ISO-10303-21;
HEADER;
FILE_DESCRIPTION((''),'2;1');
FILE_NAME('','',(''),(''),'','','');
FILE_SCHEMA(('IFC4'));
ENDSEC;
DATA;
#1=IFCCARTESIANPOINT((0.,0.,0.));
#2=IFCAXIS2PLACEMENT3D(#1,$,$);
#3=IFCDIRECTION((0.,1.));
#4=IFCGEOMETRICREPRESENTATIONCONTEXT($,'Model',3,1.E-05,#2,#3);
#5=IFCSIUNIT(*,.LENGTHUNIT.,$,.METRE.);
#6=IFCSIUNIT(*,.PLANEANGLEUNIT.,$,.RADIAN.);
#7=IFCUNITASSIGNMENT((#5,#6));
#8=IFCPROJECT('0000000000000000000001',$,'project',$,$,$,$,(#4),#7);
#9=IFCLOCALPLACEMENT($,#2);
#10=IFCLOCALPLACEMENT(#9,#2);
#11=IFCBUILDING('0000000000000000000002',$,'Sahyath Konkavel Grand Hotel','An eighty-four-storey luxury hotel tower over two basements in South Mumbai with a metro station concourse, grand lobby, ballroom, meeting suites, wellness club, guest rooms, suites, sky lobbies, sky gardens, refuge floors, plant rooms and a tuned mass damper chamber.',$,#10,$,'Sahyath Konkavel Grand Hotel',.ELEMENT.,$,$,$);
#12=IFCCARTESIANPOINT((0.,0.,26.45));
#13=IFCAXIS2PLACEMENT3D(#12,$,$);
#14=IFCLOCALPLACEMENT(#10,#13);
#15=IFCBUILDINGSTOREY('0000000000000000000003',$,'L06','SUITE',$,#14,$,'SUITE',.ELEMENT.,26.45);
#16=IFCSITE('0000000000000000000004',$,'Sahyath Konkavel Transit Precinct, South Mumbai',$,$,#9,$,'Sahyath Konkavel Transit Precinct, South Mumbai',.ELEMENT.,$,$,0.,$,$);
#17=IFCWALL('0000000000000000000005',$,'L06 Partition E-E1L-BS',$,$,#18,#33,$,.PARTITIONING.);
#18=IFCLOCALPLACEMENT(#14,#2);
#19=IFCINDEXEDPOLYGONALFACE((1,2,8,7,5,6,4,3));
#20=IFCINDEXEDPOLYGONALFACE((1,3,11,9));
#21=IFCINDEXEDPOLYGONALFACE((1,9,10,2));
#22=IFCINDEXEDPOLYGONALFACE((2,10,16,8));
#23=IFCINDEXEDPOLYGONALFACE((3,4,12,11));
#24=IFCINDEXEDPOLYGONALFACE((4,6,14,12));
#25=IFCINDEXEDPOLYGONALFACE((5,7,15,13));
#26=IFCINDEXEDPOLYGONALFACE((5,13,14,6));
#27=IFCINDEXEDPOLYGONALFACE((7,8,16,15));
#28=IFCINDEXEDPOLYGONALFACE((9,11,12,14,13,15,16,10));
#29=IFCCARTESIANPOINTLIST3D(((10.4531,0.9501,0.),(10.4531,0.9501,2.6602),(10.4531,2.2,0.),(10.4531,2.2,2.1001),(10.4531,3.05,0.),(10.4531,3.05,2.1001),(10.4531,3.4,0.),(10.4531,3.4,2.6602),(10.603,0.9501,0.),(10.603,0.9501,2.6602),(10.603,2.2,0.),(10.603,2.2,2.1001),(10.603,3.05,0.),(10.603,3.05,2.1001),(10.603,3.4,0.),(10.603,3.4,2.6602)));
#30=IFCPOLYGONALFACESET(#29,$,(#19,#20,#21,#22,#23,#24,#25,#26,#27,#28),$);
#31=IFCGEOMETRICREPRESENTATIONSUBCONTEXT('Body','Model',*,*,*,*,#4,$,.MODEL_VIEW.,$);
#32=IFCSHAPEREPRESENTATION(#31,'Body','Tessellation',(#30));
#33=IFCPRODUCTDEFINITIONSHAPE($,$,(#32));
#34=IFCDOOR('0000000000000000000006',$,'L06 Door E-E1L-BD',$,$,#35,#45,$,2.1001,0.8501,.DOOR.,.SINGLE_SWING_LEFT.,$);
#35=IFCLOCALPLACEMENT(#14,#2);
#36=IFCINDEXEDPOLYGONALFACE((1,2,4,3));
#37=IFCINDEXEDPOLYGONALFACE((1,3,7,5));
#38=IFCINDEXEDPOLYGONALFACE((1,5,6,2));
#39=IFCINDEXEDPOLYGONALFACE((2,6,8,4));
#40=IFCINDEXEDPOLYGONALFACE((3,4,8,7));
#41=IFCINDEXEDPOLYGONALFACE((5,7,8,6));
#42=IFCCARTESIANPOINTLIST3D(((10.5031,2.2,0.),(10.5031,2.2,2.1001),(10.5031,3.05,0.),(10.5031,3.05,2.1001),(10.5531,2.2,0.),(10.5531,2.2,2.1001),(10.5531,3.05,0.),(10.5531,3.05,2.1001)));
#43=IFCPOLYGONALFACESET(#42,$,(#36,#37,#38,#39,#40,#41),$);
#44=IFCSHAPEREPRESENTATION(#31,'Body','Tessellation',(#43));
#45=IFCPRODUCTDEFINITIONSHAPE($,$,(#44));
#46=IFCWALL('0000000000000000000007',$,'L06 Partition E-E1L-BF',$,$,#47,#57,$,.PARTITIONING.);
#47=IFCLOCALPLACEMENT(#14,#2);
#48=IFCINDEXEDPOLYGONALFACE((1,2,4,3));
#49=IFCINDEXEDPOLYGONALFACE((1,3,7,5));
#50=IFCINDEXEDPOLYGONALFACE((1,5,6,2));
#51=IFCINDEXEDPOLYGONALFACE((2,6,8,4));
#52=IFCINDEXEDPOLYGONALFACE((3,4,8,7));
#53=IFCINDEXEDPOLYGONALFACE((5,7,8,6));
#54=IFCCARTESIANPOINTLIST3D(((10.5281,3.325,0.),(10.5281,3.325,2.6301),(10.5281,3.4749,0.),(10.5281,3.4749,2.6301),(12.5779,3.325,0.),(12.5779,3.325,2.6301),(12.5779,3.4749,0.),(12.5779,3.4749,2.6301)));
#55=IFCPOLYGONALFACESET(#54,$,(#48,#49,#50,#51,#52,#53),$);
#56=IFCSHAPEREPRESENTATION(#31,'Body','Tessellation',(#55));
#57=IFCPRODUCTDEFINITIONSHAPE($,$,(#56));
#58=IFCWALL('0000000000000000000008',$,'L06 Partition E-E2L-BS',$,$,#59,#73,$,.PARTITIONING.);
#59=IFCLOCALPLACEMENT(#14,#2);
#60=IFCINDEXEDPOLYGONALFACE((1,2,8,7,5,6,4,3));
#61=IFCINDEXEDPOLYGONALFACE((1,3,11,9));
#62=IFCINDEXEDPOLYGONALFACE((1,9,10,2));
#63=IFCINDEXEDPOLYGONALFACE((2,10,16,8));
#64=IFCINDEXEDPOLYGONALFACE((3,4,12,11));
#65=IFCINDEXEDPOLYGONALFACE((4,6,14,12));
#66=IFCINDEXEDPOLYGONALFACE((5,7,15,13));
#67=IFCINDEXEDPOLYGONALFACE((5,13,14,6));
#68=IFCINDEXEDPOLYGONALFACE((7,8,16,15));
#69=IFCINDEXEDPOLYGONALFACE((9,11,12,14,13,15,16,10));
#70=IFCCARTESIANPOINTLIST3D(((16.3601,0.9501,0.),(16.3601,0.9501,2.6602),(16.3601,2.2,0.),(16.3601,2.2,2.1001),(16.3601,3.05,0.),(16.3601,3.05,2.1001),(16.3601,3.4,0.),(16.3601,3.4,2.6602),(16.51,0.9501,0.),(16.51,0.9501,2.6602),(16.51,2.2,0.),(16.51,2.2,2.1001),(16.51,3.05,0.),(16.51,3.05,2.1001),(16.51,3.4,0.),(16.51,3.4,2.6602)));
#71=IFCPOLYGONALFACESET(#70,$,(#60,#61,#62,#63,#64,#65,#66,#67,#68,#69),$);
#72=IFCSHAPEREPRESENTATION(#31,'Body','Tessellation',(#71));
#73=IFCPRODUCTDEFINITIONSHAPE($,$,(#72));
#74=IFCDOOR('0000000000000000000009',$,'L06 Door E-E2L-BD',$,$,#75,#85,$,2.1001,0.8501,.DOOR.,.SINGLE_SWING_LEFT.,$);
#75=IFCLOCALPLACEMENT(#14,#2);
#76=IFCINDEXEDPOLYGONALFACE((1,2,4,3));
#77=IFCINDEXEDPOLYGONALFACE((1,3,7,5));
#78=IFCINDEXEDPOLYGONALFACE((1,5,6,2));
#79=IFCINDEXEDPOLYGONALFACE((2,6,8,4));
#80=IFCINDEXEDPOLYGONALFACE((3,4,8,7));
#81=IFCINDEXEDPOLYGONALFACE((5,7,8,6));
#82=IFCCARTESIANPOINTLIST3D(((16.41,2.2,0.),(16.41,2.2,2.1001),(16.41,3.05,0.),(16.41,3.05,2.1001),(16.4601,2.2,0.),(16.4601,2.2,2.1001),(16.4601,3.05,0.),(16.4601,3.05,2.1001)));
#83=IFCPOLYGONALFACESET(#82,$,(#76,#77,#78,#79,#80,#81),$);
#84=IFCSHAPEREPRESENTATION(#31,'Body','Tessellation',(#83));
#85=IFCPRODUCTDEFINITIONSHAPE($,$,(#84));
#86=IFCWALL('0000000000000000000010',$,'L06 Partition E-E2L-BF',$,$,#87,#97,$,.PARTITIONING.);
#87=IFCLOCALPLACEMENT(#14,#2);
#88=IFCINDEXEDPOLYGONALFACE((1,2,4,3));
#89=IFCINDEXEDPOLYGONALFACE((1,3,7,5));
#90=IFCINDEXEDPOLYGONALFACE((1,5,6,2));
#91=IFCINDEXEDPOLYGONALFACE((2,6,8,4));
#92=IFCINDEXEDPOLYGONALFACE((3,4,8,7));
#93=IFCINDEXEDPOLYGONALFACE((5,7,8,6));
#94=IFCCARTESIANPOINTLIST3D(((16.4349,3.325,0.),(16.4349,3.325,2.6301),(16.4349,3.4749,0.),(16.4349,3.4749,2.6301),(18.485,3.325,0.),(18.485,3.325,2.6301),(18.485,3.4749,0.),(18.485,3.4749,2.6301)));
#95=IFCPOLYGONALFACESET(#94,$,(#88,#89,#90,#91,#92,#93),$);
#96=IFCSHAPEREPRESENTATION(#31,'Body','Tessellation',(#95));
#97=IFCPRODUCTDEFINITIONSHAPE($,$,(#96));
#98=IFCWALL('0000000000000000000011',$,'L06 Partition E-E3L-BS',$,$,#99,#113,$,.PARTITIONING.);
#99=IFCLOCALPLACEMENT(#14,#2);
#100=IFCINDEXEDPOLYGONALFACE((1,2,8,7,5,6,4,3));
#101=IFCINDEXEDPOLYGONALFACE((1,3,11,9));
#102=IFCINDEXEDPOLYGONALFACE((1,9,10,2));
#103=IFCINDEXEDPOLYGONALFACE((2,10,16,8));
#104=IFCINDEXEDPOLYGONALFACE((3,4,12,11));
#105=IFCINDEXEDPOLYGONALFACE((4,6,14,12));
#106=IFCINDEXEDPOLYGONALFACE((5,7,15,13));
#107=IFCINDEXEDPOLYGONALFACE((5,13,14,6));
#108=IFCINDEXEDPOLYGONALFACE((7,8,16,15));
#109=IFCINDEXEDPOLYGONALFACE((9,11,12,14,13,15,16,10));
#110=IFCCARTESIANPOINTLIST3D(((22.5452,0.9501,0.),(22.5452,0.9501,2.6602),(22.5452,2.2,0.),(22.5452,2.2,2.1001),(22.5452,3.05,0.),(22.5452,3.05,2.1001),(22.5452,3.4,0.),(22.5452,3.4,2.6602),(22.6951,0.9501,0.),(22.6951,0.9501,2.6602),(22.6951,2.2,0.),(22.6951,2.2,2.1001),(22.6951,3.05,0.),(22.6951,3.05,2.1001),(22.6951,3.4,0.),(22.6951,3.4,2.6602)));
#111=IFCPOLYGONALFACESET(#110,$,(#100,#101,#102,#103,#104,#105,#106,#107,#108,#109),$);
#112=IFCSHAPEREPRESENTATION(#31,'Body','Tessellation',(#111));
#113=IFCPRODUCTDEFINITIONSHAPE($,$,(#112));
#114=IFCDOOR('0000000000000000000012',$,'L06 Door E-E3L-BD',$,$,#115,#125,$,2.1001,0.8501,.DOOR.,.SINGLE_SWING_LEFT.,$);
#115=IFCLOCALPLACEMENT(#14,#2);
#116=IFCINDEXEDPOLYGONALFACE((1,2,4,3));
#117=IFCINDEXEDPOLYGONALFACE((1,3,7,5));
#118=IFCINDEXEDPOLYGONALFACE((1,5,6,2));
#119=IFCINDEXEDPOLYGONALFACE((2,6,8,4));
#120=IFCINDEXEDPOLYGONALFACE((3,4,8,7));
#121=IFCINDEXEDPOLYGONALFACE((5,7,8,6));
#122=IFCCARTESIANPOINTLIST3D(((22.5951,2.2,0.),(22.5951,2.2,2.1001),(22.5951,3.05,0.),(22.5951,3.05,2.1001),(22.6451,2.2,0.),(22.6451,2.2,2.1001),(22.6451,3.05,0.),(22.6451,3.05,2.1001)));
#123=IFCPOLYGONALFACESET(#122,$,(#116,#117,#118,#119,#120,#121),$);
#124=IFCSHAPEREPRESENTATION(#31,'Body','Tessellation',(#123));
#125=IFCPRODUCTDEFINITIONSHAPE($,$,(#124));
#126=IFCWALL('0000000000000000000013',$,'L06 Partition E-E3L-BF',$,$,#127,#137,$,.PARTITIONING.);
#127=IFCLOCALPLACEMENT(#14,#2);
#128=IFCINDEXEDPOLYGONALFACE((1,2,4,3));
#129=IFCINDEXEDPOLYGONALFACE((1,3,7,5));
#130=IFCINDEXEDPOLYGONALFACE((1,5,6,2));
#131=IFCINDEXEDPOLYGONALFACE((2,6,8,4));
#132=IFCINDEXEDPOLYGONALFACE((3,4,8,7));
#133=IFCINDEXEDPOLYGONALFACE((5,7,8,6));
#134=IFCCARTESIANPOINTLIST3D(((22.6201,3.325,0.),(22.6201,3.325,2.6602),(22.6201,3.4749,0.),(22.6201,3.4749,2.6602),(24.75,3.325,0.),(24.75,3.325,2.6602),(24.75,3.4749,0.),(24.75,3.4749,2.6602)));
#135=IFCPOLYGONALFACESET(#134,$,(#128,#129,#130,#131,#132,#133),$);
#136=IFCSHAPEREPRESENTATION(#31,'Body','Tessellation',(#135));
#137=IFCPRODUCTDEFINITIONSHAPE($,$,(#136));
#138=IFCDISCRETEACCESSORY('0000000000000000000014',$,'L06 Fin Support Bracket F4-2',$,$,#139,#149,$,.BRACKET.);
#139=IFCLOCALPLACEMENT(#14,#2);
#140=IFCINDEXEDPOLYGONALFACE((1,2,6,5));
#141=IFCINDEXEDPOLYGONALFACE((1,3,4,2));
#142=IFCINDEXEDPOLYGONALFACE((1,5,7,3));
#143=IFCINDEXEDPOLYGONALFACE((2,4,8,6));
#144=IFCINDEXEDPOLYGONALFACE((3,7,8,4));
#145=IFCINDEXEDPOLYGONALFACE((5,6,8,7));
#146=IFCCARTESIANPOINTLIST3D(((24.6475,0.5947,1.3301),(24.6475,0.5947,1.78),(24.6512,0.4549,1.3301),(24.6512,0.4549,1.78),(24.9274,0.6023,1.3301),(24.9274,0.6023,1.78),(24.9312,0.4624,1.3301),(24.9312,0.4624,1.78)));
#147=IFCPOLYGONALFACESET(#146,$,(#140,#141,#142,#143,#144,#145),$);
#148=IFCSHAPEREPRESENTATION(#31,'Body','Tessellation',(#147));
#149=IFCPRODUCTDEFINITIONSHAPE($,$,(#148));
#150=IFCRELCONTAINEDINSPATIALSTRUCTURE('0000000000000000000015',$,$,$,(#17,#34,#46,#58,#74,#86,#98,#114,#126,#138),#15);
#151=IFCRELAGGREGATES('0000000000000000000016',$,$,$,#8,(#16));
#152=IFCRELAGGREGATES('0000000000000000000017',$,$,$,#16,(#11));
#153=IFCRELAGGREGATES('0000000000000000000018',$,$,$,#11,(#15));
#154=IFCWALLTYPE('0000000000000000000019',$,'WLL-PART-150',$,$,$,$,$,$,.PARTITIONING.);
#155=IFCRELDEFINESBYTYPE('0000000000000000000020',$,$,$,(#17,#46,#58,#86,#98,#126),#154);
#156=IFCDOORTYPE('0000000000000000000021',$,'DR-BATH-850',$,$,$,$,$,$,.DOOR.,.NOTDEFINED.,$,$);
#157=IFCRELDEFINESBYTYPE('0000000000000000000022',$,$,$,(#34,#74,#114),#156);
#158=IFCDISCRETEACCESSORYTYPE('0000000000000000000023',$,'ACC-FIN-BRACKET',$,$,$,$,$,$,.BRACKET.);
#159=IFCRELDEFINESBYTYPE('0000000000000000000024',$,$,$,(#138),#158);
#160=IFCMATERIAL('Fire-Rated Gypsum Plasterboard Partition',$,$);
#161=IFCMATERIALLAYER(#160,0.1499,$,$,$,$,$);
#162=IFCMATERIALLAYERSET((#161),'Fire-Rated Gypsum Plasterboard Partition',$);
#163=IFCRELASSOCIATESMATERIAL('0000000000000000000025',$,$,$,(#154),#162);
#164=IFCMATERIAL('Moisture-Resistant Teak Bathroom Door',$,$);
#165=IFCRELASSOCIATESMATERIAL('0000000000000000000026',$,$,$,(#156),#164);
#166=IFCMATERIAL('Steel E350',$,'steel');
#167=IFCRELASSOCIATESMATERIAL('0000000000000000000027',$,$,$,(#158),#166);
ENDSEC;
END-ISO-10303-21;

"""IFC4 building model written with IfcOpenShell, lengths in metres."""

from ifc_helpers import new_model, si_unit, direction, frame, frame_2d, origin, origin_2d, place, context, subcontext, project, spatial, rectangle, extrude, source, transform, mapped, material, layer, layer_set, type_object, element, fill, save


model = new_model("IFC4")

# Units and contexts
model_context = context("Model", 3, precision=1e-05, world=origin(), true_north=direction((0.0, 1.0)))
body_context = subcontext(model_context, "Body", "Model", "MODEL_VIEW")
ifc_project = project(units=[si_unit("LENGTHUNIT", "METRE"), si_unit("PLANEANGLEUNIT", "RADIAN")], contexts=[model_context])

# Site, building, storey
site_placement = place(None, origin())
site = spatial("IfcSite", under=ifc_project, at=site_placement, Name="Sahyath Konkavel Transit Precinct, South Mumbai", LongName="Sahyath Konkavel Transit Precinct, South Mumbai", CompositionType="ELEMENT", RefElevation=0.0)
building_placement = place(site_placement, origin())
building = spatial("IfcBuilding", under=site, at=building_placement, Name="Sahyath Konkavel Grand Hotel", Description="An eighty-four-storey luxury hotel tower over two basements in South Mumbai with a metro station concourse, grand lobby, ballroom, meeting suites, wellness club, guest rooms, suites, sky lobbies, sky gardens, refuge floors, plant rooms and a tuned mass damper chamber.", LongName="Sahyath Konkavel Grand Hotel", CompositionType="ELEMENT")
storey_placement = place(building_placement, frame((0.0, 0.0, 26.45)))
storey = spatial("IfcBuildingStorey", under=building, at=storey_placement, Name="L06", Description="SUITE", LongName="SUITE", CompositionType="ELEMENT", Elevation=26.45)

# Shared definitions
ifc_material_1 = material(Name="Steel E350", Category="steel")

# Shared definitions
ifc_material_2 = material(Name="Fire-Rated Gypsum Plasterboard Partition")
ifc_layer_1 = layer(ifc_material_2, 0.1499)
ifc_layer_set_1 = layer_set([ifc_layer_1], Name="Fire-Rated Gypsum Plasterboard Partition")
wall_type_1 = type_object("IfcWallType", Name="WLL-PART-150", PredefinedType="PARTITIONING", material=ifc_layer_set_1)
shared_shape_1 = source(origin(), body_context, "Body", "SweptSolid", [
    extrude(rectangle(XDim=0.8501, YDim=0.05, at=origin_2d()), origin(), (0.0, 0.0, 1.0), 2.1001),
])

# Wall, opening, door
wall_1_placement = place(storey_placement, frame((10.5281, 0.95, 0.0), z_axis=(0.0, 0.0, 1.0), x_axis=(0.0, 1.0, 0.0)))
wall_1 = element("IfcWall", 1, at=wall_1_placement, inside=storey, type_object=wall_type_1, Name="L06 Partition E-E1L-BS", PredefinedType="PARTITIONING", context=body_context, shape_type="SweptSolid", body=[
    extrude(rectangle(XDim=2.45, YDim=0.1499, at=frame_2d((1.2251, 0.0))), origin(), (0.0, 0.0, 1.0), 2.6602),
])
opening_1_placement = place(wall_1_placement, frame((1.25, 0.0, 0.0)))
opening_1 = element("IfcOpeningElement", 2, at=opening_1_placement, cuts=wall_1, PredefinedType="OPENING", context=body_context, shape_type="SweptSolid", body=[
    extrude(rectangle(XDim=0.8501, YDim=2.1001, at=frame_2d((0.425, 1.05))), frame((0.0, 0.085, 0.0), z_axis=(0.0, -1.0, 0.0), x_axis=(1.0, 0.0, 0.0)), (0.0, 0.0, 1.0), 0.1699),
])
ifc_material_3 = material(Name="Moisture-Resistant Teak Bathroom Door")
door_type_1 = type_object("IfcDoorType", Name="DR-BATH-850", OperationType="NOTDEFINED", PredefinedType="DOOR", material=ifc_material_3)
door_1_placement = place(opening_1_placement, frame((0.425, 0.0, 0.0)))
door_1 = element("IfcDoor", 3, at=door_1_placement, inside=storey, type_object=door_type_1, Name="L06 Door E-E1L-BD", OperationType="SINGLE_SWING_LEFT", OverallHeight=2.1001, OverallWidth=0.8501, PredefinedType="DOOR", context=body_context, shape_type="MappedRepresentation", body=[
    mapped(shared_shape_1, transform((0.0, 0.0, 0.0), scale=1.0)),
])
fill(opening_1, door_1)

# Wall
wall_2_placement = place(storey_placement, frame((10.5281, 3.3999, 0.0), z_axis=(0.0, 0.0, 1.0), x_axis=(1.0, 0.0, 0.0)))
element("IfcWall", 4, at=wall_2_placement, inside=storey, type_object=wall_type_1, Name="L06 Partition E-E1L-BF", PredefinedType="PARTITIONING", context=body_context, shape_type="SweptSolid", body=[
    extrude(rectangle(XDim=2.0498, YDim=0.1499, at=frame_2d((1.0249, 0.0))), origin(), (0.0, 0.0, 1.0), 2.6301),
])

# Wall, opening, door
wall_3_placement = place(storey_placement, frame((16.4351, 0.95, 0.0), z_axis=(0.0, 0.0, 1.0), x_axis=(0.0, 1.0, 0.0)))
wall_3 = element("IfcWall", 5, at=wall_3_placement, inside=storey, type_object=wall_type_1, Name="L06 Partition E-E2L-BS", PredefinedType="PARTITIONING", context=body_context, shape_type="SweptSolid", body=[
    extrude(rectangle(XDim=2.45, YDim=0.1499, at=frame_2d((1.2251, 0.0))), origin(), (0.0, 0.0, 1.0), 2.6602),
])
opening_2_placement = place(wall_3_placement, frame((1.25, 0.0, 0.0)))
opening_2 = element("IfcOpeningElement", 6, at=opening_2_placement, cuts=wall_3, PredefinedType="OPENING", context=body_context, shape_type="SweptSolid", body=[
    extrude(rectangle(XDim=0.8501, YDim=2.1001, at=frame_2d((0.425, 1.05))), frame((0.0, 0.085, 0.0), z_axis=(0.0, -1.0, 0.0), x_axis=(1.0, 0.0, 0.0)), (0.0, 0.0, 1.0), 0.1699),
])
door_2_placement = place(opening_2_placement, frame((0.425, 0.0, 0.0)))
door_2 = element("IfcDoor", 7, at=door_2_placement, inside=storey, type_object=door_type_1, Name="L06 Door E-E2L-BD", OperationType="SINGLE_SWING_LEFT", OverallHeight=2.1001, OverallWidth=0.8501, PredefinedType="DOOR", context=body_context, shape_type="MappedRepresentation", body=[
    mapped(shared_shape_1, transform((0.0, 0.0, 0.0), scale=1.0)),
])
fill(opening_2, door_2)

# Wall
wall_4_placement = place(storey_placement, frame((16.4351, 3.3999, 0.0), z_axis=(0.0, 0.0, 1.0), x_axis=(1.0, 0.0, 0.0)))
element("IfcWall", 8, at=wall_4_placement, inside=storey, type_object=wall_type_1, Name="L06 Partition E-E2L-BF", PredefinedType="PARTITIONING", context=body_context, shape_type="SweptSolid", body=[
    extrude(rectangle(XDim=2.05, YDim=0.1499, at=frame_2d((1.0249, 0.0))), origin(), (0.0, 0.0, 1.0), 2.6301),
])

# Wall, opening, door
wall_5_placement = place(storey_placement, frame((22.6201, 0.95, 0.0), z_axis=(0.0, 0.0, 1.0), x_axis=(0.0, 1.0, 0.0)))
wall_5 = element("IfcWall", 9, at=wall_5_placement, inside=storey, type_object=wall_type_1, Name="L06 Partition E-E3L-BS", PredefinedType="PARTITIONING", context=body_context, shape_type="SweptSolid", body=[
    extrude(rectangle(XDim=2.45, YDim=0.1499, at=frame_2d((1.2251, 0.0))), origin(), (0.0, 0.0, 1.0), 2.6602),
])
opening_3_placement = place(wall_5_placement, frame((1.25, 0.0, 0.0)))
opening_3 = element("IfcOpeningElement", 10, at=opening_3_placement, cuts=wall_5, PredefinedType="OPENING", context=body_context, shape_type="SweptSolid", body=[
    extrude(rectangle(XDim=0.8501, YDim=2.1001, at=frame_2d((0.425, 1.05))), frame((0.0, 0.085, 0.0), z_axis=(0.0, -1.0, 0.0), x_axis=(1.0, 0.0, 0.0)), (0.0, 0.0, 1.0), 0.1699),
])
door_3_placement = place(opening_3_placement, frame((0.425, 0.0, 0.0)))
door_3 = element("IfcDoor", 11, at=door_3_placement, inside=storey, type_object=door_type_1, Name="L06 Door E-E3L-BD", OperationType="SINGLE_SWING_LEFT", OverallHeight=2.1001, OverallWidth=0.8501, PredefinedType="DOOR", context=body_context, shape_type="MappedRepresentation", body=[
    mapped(shared_shape_1, transform((0.0, 0.0, 0.0), scale=1.0)),
])
fill(opening_3, door_3)

# Wall
wall_6_placement = place(storey_placement, frame((22.6201, 3.3999, 0.0), z_axis=(0.0, 0.0, 1.0), x_axis=(1.0, 0.0, 0.0)))
element("IfcWall", 12, at=wall_6_placement, inside=storey, type_object=wall_type_1, Name="L06 Partition E-E3L-BF", PredefinedType="PARTITIONING", context=body_context, shape_type="SweptSolid", body=[
    extrude(rectangle(XDim=2.1299, YDim=0.1499, at=frame_2d((1.0649, 0.0))), origin(), (0.0, 0.0, 1.0), 2.6602),
])

# Discrete accessory
discrete_accessory_type = type_object("IfcDiscreteAccessoryType", Name="ACC-FIN-BRACKET", PredefinedType="BRACKET", material=ifc_material_1)
shared_shape_2 = source(origin(), body_context, "Body", "SweptSolid", [
    extrude(rectangle(XDim=0.28, YDim=0.1399, at=origin_2d()), origin(), (0.0, 0.0, 1.0), 0.45),
])
discrete_accessory_placement = place(storey_placement, frame((24.7893, 0.5286, 1.3301), z_axis=(0.0, 0.0, 1.0), x_axis=(0.999638, 0.02691, 0.0)))
element("IfcDiscreteAccessory", 13, at=discrete_accessory_placement, inside=storey, type_object=discrete_accessory_type, Name="L06 Fin Support Bracket F4-2", PredefinedType="BRACKET", context=body_context, shape_type="MappedRepresentation", body=[
    mapped(shared_shape_2, transform((0.0, 0.0, 0.0), scale=1.0)),
])

save(model, "model.ifc")
